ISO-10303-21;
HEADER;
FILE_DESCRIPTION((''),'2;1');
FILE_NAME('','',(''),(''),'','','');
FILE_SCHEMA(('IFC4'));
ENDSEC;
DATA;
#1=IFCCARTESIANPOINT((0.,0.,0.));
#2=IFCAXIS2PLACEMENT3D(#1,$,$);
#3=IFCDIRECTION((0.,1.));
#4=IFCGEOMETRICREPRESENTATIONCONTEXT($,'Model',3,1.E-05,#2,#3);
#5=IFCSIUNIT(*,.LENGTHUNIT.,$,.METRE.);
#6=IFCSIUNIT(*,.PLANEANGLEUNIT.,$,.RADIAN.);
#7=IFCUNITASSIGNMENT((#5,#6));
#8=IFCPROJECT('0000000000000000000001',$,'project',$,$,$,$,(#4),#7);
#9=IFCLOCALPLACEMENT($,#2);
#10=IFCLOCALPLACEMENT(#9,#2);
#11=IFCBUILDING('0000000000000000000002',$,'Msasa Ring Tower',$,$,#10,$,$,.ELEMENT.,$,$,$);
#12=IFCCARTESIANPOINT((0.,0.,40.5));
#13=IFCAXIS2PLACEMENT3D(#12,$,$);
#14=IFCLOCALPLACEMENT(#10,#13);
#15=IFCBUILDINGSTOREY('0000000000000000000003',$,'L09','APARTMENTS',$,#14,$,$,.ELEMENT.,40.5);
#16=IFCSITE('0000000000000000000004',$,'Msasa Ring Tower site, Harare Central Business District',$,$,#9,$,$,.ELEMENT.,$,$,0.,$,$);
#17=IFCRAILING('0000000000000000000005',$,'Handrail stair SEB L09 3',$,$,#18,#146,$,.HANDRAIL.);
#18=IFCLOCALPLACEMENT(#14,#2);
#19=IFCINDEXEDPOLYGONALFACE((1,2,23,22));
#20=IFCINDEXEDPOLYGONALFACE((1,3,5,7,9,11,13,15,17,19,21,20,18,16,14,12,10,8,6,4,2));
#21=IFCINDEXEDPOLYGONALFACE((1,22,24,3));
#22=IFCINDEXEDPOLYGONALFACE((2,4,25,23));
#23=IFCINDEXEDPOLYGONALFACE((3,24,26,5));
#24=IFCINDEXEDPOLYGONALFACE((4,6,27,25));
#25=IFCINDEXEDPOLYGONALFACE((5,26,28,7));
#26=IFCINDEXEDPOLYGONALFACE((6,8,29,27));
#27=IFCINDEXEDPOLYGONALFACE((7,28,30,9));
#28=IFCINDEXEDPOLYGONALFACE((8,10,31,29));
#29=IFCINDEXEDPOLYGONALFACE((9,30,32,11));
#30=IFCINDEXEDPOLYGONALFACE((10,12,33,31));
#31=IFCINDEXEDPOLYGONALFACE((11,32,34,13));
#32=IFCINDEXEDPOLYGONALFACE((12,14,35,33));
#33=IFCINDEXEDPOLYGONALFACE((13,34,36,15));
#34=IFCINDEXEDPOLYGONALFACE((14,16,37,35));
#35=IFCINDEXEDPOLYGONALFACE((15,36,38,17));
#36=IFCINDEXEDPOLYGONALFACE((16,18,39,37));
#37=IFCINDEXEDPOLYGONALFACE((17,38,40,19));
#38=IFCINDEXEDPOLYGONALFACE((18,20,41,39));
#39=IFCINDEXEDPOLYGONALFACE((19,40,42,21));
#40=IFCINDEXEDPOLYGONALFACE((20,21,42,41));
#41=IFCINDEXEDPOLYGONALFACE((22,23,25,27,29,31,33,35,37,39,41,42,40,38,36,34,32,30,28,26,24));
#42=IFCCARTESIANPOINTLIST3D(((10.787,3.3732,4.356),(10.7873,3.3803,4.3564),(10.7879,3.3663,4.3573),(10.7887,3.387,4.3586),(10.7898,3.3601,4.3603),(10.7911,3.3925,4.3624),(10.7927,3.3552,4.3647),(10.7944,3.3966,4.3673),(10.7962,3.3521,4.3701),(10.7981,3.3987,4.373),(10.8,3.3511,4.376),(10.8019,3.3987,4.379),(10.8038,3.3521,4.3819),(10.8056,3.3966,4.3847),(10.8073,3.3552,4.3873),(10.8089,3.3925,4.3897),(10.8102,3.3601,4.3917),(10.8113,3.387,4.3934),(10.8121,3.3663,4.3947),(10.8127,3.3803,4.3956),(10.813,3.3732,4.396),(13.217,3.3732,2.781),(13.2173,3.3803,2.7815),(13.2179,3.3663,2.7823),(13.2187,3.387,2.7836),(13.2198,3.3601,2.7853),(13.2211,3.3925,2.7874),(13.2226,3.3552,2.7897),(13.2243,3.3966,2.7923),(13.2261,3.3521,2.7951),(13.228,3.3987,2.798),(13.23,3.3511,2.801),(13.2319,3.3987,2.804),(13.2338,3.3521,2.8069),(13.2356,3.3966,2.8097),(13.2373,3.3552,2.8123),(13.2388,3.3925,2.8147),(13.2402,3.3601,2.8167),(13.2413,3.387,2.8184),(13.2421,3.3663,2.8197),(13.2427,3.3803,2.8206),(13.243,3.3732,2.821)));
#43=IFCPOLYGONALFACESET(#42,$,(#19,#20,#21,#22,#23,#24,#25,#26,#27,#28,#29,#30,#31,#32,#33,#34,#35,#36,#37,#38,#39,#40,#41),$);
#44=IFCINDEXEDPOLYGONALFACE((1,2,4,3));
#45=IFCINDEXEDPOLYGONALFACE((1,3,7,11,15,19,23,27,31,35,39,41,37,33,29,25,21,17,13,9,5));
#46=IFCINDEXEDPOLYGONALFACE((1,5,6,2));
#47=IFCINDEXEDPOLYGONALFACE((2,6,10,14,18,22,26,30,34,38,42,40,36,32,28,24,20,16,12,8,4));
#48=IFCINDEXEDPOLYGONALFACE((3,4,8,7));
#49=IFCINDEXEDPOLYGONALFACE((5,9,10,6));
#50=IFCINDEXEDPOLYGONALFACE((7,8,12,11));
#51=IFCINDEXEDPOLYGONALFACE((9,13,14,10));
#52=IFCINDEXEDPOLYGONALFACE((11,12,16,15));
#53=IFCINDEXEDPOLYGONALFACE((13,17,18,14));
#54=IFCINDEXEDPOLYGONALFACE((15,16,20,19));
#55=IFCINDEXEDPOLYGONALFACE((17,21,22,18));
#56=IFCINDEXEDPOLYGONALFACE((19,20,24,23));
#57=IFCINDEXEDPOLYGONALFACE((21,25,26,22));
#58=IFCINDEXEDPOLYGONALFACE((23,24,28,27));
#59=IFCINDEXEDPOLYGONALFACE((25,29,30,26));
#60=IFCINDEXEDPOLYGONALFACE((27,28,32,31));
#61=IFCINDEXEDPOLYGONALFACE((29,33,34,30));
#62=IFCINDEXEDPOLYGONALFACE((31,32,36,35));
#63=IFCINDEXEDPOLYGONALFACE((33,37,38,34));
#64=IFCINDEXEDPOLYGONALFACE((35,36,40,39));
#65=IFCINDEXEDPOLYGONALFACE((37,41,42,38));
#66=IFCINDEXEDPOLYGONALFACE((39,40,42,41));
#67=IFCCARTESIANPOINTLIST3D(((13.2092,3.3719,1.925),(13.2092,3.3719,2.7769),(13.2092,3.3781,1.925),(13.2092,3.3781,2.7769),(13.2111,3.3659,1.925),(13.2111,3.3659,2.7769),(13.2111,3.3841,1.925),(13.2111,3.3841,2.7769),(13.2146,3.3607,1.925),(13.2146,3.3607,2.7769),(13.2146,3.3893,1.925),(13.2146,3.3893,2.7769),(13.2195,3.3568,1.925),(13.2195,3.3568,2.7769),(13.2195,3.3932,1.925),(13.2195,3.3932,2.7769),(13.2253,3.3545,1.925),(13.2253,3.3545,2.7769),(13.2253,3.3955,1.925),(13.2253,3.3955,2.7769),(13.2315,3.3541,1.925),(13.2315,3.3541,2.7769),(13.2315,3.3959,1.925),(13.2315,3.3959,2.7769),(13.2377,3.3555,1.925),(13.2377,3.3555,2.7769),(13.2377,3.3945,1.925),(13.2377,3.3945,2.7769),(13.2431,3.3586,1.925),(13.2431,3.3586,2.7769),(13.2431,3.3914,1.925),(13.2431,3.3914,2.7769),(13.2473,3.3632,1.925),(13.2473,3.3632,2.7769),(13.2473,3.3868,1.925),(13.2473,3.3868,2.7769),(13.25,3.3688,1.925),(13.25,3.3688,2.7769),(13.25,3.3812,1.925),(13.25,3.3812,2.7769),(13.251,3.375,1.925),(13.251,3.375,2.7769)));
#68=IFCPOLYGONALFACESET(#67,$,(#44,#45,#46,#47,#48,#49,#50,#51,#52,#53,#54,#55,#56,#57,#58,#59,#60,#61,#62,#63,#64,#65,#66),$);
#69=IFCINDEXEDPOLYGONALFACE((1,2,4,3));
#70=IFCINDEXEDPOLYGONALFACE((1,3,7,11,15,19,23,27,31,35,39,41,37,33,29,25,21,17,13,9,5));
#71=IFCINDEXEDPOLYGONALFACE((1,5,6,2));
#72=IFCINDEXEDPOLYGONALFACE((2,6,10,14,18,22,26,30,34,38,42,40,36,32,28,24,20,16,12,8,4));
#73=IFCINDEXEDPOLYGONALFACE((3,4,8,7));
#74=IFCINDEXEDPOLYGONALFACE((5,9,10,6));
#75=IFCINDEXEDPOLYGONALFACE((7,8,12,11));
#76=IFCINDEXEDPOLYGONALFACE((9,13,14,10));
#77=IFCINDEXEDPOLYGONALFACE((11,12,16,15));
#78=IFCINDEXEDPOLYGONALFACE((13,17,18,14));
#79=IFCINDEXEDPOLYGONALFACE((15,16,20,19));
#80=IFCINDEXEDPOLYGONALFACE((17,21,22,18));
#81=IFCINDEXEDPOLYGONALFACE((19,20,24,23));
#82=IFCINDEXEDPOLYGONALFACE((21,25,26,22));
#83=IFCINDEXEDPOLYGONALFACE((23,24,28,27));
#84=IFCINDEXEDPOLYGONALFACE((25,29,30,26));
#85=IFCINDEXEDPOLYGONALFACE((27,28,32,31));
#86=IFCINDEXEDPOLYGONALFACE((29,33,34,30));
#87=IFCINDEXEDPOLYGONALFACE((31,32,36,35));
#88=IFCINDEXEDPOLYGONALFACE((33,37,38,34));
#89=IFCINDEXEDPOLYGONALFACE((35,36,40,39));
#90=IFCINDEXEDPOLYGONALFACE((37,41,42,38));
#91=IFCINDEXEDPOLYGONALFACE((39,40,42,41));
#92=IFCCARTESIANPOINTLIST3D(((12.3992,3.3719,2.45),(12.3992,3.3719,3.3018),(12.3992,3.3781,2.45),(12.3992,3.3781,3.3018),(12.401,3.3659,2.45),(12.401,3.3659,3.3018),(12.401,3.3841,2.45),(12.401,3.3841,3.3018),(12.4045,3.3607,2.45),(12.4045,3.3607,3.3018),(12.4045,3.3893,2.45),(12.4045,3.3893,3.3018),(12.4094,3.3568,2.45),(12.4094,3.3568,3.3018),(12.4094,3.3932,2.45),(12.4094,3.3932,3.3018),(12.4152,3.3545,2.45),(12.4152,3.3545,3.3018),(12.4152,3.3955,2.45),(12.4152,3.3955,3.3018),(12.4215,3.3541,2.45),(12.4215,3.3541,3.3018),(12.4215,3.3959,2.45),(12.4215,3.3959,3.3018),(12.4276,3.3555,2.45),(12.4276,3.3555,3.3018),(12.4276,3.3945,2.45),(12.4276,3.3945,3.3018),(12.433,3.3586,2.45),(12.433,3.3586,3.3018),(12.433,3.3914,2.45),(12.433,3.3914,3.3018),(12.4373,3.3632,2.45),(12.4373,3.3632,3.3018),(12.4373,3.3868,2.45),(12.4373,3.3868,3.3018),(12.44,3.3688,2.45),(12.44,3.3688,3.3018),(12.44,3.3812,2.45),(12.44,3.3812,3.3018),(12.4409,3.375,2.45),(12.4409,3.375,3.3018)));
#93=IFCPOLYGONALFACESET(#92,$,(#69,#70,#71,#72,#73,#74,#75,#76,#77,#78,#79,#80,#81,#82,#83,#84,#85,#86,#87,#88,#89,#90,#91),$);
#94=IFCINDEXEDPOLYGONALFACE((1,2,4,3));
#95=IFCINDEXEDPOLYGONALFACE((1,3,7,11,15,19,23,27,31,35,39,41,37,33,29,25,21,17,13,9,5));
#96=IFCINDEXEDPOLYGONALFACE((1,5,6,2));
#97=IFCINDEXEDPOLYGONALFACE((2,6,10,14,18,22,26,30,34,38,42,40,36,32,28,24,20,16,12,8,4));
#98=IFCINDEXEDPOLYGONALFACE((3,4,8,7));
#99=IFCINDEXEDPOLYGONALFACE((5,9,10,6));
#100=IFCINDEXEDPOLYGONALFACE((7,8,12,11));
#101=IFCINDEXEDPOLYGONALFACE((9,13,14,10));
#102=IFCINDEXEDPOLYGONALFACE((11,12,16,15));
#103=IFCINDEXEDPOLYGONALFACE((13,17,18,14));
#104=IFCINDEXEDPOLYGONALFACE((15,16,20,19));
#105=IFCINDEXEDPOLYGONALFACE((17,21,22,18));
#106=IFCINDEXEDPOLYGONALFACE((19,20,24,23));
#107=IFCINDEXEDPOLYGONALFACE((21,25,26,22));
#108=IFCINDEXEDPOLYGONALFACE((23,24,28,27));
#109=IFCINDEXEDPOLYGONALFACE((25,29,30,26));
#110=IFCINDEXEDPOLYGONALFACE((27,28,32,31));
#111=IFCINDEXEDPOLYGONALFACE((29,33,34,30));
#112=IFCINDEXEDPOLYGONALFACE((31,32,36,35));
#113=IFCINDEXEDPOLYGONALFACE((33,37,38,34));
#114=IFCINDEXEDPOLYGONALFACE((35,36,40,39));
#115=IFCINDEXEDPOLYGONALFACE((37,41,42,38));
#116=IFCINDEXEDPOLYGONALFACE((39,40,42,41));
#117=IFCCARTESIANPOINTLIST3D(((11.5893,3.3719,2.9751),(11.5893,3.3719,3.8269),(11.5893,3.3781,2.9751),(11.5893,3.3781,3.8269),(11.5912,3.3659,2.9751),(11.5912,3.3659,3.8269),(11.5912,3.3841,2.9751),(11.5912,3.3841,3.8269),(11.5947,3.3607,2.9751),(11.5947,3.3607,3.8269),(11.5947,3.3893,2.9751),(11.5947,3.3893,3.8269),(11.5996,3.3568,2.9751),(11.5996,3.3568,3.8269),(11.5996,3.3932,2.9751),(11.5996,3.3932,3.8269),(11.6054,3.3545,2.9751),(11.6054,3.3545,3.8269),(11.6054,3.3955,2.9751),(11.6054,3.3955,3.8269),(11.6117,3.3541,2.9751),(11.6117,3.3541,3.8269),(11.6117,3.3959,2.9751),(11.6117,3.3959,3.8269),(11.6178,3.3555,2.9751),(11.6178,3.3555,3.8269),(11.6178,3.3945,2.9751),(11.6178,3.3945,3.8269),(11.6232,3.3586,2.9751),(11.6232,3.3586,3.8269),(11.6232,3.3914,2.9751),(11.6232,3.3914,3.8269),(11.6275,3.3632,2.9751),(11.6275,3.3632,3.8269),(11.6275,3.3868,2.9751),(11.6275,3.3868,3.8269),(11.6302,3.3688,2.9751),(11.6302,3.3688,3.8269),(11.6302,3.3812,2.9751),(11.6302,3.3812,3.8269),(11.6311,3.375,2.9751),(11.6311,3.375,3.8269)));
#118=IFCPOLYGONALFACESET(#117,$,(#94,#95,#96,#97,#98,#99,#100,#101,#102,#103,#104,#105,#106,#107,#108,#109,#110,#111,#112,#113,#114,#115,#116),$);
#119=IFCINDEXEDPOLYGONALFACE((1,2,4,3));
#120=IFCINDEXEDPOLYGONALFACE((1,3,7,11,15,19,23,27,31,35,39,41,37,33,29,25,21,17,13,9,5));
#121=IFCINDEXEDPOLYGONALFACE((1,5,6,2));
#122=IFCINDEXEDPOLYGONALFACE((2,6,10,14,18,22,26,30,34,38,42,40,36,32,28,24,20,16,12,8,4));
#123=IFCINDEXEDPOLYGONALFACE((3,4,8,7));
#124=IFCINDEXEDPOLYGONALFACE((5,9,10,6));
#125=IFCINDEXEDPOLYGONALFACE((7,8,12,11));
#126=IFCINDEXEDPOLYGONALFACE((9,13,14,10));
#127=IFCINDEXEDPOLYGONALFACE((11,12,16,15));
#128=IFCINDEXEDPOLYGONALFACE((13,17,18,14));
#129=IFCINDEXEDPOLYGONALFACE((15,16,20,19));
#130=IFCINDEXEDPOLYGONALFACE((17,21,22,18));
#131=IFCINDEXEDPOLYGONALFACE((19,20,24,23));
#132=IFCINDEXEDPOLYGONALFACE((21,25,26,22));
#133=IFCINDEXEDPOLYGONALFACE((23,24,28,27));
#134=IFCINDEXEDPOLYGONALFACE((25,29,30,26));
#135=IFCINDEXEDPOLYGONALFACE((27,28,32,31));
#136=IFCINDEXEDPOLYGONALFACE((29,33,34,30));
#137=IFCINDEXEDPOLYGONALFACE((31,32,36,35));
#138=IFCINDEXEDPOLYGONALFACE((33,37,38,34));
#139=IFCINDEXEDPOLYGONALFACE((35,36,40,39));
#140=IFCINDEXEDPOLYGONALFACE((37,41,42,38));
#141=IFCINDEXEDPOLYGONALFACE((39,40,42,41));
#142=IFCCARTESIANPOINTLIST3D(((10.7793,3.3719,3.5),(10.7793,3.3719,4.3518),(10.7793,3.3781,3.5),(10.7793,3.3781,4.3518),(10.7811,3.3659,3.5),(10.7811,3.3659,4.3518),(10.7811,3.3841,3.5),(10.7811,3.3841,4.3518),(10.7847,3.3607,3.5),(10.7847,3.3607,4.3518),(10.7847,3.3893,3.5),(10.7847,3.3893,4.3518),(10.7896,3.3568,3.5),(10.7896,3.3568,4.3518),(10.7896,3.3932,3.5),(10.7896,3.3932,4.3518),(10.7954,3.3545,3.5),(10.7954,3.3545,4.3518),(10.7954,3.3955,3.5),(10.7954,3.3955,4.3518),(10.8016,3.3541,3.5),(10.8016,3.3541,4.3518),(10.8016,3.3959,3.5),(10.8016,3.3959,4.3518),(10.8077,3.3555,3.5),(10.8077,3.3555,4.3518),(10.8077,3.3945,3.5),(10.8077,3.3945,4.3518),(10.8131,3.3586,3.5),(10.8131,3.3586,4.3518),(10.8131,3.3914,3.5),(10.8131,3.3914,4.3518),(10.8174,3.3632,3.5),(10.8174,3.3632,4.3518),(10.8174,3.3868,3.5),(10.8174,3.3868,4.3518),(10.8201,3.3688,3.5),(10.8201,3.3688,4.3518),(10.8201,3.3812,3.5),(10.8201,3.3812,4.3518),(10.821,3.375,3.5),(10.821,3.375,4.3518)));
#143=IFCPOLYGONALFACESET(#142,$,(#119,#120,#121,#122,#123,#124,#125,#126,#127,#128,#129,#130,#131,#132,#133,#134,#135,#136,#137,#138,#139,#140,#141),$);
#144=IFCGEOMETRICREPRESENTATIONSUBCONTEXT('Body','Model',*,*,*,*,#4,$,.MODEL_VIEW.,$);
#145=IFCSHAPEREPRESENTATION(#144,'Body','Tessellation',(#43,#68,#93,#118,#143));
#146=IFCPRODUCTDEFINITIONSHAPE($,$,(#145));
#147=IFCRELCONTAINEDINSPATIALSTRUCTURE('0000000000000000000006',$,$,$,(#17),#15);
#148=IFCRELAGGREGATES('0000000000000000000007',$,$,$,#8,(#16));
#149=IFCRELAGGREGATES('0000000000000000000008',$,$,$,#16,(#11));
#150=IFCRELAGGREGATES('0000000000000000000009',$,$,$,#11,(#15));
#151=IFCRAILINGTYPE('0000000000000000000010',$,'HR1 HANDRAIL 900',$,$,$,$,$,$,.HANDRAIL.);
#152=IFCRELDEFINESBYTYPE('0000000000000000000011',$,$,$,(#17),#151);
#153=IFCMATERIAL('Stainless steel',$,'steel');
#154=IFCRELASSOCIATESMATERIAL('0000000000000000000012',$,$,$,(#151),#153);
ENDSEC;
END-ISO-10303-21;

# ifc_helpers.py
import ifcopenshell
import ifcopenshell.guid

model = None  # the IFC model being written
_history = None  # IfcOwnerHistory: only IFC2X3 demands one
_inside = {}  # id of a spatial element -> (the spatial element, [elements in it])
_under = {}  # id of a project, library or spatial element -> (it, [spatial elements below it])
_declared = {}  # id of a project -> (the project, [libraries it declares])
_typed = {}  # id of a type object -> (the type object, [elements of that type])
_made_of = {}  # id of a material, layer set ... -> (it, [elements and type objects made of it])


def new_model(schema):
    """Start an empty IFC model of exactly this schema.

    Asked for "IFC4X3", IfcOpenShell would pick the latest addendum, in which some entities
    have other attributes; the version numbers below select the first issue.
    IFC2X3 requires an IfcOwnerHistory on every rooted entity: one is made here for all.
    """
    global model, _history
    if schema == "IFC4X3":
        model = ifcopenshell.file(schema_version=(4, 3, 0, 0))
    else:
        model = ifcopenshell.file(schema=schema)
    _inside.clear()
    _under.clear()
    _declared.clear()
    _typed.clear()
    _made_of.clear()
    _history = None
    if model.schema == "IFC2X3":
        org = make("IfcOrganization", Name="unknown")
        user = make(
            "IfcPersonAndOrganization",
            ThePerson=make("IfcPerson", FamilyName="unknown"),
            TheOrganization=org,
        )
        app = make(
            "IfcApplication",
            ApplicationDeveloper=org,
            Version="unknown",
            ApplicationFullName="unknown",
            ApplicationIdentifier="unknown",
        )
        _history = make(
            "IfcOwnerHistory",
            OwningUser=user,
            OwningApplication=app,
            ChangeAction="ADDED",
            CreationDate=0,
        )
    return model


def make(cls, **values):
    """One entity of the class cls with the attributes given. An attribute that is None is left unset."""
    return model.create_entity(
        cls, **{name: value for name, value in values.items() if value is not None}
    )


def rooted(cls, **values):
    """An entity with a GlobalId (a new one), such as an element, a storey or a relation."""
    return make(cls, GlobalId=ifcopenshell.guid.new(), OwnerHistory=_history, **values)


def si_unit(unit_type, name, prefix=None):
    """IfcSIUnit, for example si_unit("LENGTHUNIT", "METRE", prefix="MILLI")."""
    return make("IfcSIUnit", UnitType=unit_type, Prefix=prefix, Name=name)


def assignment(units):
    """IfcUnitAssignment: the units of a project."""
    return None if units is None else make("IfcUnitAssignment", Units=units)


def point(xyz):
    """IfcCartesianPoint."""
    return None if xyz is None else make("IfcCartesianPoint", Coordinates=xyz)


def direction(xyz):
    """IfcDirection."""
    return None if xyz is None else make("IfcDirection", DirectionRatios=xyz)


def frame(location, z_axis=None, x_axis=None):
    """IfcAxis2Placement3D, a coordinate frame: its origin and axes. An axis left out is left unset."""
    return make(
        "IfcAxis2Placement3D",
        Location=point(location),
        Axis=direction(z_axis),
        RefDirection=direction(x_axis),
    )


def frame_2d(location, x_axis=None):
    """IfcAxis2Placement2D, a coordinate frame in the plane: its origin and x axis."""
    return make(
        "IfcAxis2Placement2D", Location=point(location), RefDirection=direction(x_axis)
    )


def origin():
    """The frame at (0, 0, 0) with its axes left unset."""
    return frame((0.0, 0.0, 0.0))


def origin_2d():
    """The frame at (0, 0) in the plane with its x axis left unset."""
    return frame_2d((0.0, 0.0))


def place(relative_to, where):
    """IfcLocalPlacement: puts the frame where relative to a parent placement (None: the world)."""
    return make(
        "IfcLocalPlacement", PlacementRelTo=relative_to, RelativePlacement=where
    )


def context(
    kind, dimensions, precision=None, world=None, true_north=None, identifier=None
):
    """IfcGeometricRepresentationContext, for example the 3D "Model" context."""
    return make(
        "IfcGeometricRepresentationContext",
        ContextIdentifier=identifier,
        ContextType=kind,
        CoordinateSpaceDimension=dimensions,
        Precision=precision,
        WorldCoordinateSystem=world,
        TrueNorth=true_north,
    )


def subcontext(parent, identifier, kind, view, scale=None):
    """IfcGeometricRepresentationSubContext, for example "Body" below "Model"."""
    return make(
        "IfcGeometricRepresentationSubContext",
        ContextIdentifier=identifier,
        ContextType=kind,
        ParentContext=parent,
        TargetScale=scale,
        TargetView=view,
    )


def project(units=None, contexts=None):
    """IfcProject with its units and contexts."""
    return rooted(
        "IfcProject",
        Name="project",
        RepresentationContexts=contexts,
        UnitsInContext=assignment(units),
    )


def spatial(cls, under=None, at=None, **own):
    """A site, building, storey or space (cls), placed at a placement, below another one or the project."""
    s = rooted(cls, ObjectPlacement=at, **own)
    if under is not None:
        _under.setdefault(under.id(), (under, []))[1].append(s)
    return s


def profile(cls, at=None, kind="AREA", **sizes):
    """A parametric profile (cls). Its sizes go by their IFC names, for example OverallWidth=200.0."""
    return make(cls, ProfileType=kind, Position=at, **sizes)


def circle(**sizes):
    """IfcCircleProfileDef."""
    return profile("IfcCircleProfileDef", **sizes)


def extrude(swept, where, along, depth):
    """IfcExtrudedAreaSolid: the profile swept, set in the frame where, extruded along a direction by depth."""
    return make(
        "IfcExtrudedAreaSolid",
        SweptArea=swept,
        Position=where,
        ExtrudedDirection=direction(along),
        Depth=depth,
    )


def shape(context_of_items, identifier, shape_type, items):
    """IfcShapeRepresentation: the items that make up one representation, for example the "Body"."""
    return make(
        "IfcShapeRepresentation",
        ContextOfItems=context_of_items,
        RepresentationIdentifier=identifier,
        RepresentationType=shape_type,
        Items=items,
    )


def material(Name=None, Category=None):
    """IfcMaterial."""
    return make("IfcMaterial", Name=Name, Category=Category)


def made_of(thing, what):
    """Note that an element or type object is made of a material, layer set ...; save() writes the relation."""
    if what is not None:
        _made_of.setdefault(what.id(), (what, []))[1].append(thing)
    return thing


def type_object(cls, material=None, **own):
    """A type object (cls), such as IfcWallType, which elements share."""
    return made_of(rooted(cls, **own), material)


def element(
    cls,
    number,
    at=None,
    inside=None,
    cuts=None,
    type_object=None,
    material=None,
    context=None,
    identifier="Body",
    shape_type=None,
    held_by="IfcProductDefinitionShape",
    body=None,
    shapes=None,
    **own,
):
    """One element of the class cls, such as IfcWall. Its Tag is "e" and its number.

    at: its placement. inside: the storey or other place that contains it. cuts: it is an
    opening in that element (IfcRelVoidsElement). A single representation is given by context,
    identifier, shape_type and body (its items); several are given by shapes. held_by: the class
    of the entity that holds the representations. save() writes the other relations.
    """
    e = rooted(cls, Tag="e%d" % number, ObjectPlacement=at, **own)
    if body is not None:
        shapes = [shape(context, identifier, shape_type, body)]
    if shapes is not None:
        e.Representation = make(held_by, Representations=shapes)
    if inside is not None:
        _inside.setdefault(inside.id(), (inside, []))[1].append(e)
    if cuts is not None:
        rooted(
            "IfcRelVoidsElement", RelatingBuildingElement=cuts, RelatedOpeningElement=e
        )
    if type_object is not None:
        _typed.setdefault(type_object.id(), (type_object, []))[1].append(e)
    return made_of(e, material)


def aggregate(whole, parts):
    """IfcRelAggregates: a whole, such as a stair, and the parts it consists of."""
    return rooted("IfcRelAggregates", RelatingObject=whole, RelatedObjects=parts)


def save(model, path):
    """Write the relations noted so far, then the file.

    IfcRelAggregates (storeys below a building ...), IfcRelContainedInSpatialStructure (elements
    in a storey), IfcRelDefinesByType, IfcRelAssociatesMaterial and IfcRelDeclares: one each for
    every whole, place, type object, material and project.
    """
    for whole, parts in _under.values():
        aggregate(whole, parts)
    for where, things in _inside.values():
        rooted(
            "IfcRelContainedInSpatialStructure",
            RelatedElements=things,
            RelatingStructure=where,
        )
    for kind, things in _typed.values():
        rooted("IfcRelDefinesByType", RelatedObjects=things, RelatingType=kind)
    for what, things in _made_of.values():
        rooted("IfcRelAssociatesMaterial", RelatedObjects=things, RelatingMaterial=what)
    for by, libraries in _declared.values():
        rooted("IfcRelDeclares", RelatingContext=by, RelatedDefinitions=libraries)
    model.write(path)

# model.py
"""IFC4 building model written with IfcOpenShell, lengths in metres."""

from ifc_helpers import new_model, si_unit, direction, frame, origin, origin_2d, place, context, subcontext, project, spatial, circle, extrude, material, type_object, element, save


model = new_model("IFC4")

# Units and contexts
model_context = context("Model", 3, precision=1e-05, world=origin(), true_north=direction((0.0, 1.0)))
body_context = subcontext(model_context, "Body", "Model", "MODEL_VIEW")
ifc_project = project(units=[si_unit("LENGTHUNIT", "METRE"), si_unit("PLANEANGLEUNIT", "RADIAN")], contexts=[model_context])

# Site, building, storey
site_placement = place(None, origin())
site = spatial("IfcSite", under=ifc_project, at=site_placement, Name="Msasa Ring Tower site, Harare Central Business District", CompositionType="ELEMENT", RefElevation=0.0)
building_placement = place(site_placement, origin())
building = spatial("IfcBuilding", under=site, at=building_placement, Name="Msasa Ring Tower", CompositionType="ELEMENT")
storey_placement = place(building_placement, frame((0.0, 0.0, 40.5)))
storey = spatial("IfcBuildingStorey", under=building, at=storey_placement, Name="L09", Description="APARTMENTS", CompositionType="ELEMENT", Elevation=40.5)

# Railing
ifc_material_1 = material(Name="Stainless steel", Category="steel")
railing_type = type_object("IfcRailingType", Name="HR1 HANDRAIL 900", PredefinedType="HANDRAIL", material=ifc_material_1)
for number, where, name in (
    (1, (13.23, 3.375, 1.925), "Handrail stair SEB L09 3"),
):
    element("IfcRailing", number, at=place(storey_placement, frame(where)), inside=storey, type_object=railing_type, Name=name, PredefinedType="HANDRAIL", context=body_context, shape_type="SweptSolid", body=[
        extrude(circle(Radius=0.0239, at=origin_2d()), frame((0.0, 0.0, 0.876), z_axis=(-0.839154, 0.0, 0.543894), x_axis=(0.0, -1.0, 0.0)), (0.0, 0.0, 1.0), 2.8958),
        extrude(circle(Radius=0.021, at=origin_2d()), origin(), (0.0, 0.0, 1.0), 0.8518),
        extrude(circle(Radius=0.021, at=origin_2d()), frame((-0.8101, 0.0, 0.5249)), (0.0, 0.0, 1.0), 0.8518),
        extrude(circle(Radius=0.021, at=origin_2d()), frame((-1.6199, 0.0, 1.05)), (0.0, 0.0, 1.0), 0.8518),
        extrude(circle(Radius=0.021, at=origin_2d()), frame((-2.4299, 0.0, 1.575)), (0.0, 0.0, 1.0), 0.8518),
    ])

save(model, "model.ifc")
